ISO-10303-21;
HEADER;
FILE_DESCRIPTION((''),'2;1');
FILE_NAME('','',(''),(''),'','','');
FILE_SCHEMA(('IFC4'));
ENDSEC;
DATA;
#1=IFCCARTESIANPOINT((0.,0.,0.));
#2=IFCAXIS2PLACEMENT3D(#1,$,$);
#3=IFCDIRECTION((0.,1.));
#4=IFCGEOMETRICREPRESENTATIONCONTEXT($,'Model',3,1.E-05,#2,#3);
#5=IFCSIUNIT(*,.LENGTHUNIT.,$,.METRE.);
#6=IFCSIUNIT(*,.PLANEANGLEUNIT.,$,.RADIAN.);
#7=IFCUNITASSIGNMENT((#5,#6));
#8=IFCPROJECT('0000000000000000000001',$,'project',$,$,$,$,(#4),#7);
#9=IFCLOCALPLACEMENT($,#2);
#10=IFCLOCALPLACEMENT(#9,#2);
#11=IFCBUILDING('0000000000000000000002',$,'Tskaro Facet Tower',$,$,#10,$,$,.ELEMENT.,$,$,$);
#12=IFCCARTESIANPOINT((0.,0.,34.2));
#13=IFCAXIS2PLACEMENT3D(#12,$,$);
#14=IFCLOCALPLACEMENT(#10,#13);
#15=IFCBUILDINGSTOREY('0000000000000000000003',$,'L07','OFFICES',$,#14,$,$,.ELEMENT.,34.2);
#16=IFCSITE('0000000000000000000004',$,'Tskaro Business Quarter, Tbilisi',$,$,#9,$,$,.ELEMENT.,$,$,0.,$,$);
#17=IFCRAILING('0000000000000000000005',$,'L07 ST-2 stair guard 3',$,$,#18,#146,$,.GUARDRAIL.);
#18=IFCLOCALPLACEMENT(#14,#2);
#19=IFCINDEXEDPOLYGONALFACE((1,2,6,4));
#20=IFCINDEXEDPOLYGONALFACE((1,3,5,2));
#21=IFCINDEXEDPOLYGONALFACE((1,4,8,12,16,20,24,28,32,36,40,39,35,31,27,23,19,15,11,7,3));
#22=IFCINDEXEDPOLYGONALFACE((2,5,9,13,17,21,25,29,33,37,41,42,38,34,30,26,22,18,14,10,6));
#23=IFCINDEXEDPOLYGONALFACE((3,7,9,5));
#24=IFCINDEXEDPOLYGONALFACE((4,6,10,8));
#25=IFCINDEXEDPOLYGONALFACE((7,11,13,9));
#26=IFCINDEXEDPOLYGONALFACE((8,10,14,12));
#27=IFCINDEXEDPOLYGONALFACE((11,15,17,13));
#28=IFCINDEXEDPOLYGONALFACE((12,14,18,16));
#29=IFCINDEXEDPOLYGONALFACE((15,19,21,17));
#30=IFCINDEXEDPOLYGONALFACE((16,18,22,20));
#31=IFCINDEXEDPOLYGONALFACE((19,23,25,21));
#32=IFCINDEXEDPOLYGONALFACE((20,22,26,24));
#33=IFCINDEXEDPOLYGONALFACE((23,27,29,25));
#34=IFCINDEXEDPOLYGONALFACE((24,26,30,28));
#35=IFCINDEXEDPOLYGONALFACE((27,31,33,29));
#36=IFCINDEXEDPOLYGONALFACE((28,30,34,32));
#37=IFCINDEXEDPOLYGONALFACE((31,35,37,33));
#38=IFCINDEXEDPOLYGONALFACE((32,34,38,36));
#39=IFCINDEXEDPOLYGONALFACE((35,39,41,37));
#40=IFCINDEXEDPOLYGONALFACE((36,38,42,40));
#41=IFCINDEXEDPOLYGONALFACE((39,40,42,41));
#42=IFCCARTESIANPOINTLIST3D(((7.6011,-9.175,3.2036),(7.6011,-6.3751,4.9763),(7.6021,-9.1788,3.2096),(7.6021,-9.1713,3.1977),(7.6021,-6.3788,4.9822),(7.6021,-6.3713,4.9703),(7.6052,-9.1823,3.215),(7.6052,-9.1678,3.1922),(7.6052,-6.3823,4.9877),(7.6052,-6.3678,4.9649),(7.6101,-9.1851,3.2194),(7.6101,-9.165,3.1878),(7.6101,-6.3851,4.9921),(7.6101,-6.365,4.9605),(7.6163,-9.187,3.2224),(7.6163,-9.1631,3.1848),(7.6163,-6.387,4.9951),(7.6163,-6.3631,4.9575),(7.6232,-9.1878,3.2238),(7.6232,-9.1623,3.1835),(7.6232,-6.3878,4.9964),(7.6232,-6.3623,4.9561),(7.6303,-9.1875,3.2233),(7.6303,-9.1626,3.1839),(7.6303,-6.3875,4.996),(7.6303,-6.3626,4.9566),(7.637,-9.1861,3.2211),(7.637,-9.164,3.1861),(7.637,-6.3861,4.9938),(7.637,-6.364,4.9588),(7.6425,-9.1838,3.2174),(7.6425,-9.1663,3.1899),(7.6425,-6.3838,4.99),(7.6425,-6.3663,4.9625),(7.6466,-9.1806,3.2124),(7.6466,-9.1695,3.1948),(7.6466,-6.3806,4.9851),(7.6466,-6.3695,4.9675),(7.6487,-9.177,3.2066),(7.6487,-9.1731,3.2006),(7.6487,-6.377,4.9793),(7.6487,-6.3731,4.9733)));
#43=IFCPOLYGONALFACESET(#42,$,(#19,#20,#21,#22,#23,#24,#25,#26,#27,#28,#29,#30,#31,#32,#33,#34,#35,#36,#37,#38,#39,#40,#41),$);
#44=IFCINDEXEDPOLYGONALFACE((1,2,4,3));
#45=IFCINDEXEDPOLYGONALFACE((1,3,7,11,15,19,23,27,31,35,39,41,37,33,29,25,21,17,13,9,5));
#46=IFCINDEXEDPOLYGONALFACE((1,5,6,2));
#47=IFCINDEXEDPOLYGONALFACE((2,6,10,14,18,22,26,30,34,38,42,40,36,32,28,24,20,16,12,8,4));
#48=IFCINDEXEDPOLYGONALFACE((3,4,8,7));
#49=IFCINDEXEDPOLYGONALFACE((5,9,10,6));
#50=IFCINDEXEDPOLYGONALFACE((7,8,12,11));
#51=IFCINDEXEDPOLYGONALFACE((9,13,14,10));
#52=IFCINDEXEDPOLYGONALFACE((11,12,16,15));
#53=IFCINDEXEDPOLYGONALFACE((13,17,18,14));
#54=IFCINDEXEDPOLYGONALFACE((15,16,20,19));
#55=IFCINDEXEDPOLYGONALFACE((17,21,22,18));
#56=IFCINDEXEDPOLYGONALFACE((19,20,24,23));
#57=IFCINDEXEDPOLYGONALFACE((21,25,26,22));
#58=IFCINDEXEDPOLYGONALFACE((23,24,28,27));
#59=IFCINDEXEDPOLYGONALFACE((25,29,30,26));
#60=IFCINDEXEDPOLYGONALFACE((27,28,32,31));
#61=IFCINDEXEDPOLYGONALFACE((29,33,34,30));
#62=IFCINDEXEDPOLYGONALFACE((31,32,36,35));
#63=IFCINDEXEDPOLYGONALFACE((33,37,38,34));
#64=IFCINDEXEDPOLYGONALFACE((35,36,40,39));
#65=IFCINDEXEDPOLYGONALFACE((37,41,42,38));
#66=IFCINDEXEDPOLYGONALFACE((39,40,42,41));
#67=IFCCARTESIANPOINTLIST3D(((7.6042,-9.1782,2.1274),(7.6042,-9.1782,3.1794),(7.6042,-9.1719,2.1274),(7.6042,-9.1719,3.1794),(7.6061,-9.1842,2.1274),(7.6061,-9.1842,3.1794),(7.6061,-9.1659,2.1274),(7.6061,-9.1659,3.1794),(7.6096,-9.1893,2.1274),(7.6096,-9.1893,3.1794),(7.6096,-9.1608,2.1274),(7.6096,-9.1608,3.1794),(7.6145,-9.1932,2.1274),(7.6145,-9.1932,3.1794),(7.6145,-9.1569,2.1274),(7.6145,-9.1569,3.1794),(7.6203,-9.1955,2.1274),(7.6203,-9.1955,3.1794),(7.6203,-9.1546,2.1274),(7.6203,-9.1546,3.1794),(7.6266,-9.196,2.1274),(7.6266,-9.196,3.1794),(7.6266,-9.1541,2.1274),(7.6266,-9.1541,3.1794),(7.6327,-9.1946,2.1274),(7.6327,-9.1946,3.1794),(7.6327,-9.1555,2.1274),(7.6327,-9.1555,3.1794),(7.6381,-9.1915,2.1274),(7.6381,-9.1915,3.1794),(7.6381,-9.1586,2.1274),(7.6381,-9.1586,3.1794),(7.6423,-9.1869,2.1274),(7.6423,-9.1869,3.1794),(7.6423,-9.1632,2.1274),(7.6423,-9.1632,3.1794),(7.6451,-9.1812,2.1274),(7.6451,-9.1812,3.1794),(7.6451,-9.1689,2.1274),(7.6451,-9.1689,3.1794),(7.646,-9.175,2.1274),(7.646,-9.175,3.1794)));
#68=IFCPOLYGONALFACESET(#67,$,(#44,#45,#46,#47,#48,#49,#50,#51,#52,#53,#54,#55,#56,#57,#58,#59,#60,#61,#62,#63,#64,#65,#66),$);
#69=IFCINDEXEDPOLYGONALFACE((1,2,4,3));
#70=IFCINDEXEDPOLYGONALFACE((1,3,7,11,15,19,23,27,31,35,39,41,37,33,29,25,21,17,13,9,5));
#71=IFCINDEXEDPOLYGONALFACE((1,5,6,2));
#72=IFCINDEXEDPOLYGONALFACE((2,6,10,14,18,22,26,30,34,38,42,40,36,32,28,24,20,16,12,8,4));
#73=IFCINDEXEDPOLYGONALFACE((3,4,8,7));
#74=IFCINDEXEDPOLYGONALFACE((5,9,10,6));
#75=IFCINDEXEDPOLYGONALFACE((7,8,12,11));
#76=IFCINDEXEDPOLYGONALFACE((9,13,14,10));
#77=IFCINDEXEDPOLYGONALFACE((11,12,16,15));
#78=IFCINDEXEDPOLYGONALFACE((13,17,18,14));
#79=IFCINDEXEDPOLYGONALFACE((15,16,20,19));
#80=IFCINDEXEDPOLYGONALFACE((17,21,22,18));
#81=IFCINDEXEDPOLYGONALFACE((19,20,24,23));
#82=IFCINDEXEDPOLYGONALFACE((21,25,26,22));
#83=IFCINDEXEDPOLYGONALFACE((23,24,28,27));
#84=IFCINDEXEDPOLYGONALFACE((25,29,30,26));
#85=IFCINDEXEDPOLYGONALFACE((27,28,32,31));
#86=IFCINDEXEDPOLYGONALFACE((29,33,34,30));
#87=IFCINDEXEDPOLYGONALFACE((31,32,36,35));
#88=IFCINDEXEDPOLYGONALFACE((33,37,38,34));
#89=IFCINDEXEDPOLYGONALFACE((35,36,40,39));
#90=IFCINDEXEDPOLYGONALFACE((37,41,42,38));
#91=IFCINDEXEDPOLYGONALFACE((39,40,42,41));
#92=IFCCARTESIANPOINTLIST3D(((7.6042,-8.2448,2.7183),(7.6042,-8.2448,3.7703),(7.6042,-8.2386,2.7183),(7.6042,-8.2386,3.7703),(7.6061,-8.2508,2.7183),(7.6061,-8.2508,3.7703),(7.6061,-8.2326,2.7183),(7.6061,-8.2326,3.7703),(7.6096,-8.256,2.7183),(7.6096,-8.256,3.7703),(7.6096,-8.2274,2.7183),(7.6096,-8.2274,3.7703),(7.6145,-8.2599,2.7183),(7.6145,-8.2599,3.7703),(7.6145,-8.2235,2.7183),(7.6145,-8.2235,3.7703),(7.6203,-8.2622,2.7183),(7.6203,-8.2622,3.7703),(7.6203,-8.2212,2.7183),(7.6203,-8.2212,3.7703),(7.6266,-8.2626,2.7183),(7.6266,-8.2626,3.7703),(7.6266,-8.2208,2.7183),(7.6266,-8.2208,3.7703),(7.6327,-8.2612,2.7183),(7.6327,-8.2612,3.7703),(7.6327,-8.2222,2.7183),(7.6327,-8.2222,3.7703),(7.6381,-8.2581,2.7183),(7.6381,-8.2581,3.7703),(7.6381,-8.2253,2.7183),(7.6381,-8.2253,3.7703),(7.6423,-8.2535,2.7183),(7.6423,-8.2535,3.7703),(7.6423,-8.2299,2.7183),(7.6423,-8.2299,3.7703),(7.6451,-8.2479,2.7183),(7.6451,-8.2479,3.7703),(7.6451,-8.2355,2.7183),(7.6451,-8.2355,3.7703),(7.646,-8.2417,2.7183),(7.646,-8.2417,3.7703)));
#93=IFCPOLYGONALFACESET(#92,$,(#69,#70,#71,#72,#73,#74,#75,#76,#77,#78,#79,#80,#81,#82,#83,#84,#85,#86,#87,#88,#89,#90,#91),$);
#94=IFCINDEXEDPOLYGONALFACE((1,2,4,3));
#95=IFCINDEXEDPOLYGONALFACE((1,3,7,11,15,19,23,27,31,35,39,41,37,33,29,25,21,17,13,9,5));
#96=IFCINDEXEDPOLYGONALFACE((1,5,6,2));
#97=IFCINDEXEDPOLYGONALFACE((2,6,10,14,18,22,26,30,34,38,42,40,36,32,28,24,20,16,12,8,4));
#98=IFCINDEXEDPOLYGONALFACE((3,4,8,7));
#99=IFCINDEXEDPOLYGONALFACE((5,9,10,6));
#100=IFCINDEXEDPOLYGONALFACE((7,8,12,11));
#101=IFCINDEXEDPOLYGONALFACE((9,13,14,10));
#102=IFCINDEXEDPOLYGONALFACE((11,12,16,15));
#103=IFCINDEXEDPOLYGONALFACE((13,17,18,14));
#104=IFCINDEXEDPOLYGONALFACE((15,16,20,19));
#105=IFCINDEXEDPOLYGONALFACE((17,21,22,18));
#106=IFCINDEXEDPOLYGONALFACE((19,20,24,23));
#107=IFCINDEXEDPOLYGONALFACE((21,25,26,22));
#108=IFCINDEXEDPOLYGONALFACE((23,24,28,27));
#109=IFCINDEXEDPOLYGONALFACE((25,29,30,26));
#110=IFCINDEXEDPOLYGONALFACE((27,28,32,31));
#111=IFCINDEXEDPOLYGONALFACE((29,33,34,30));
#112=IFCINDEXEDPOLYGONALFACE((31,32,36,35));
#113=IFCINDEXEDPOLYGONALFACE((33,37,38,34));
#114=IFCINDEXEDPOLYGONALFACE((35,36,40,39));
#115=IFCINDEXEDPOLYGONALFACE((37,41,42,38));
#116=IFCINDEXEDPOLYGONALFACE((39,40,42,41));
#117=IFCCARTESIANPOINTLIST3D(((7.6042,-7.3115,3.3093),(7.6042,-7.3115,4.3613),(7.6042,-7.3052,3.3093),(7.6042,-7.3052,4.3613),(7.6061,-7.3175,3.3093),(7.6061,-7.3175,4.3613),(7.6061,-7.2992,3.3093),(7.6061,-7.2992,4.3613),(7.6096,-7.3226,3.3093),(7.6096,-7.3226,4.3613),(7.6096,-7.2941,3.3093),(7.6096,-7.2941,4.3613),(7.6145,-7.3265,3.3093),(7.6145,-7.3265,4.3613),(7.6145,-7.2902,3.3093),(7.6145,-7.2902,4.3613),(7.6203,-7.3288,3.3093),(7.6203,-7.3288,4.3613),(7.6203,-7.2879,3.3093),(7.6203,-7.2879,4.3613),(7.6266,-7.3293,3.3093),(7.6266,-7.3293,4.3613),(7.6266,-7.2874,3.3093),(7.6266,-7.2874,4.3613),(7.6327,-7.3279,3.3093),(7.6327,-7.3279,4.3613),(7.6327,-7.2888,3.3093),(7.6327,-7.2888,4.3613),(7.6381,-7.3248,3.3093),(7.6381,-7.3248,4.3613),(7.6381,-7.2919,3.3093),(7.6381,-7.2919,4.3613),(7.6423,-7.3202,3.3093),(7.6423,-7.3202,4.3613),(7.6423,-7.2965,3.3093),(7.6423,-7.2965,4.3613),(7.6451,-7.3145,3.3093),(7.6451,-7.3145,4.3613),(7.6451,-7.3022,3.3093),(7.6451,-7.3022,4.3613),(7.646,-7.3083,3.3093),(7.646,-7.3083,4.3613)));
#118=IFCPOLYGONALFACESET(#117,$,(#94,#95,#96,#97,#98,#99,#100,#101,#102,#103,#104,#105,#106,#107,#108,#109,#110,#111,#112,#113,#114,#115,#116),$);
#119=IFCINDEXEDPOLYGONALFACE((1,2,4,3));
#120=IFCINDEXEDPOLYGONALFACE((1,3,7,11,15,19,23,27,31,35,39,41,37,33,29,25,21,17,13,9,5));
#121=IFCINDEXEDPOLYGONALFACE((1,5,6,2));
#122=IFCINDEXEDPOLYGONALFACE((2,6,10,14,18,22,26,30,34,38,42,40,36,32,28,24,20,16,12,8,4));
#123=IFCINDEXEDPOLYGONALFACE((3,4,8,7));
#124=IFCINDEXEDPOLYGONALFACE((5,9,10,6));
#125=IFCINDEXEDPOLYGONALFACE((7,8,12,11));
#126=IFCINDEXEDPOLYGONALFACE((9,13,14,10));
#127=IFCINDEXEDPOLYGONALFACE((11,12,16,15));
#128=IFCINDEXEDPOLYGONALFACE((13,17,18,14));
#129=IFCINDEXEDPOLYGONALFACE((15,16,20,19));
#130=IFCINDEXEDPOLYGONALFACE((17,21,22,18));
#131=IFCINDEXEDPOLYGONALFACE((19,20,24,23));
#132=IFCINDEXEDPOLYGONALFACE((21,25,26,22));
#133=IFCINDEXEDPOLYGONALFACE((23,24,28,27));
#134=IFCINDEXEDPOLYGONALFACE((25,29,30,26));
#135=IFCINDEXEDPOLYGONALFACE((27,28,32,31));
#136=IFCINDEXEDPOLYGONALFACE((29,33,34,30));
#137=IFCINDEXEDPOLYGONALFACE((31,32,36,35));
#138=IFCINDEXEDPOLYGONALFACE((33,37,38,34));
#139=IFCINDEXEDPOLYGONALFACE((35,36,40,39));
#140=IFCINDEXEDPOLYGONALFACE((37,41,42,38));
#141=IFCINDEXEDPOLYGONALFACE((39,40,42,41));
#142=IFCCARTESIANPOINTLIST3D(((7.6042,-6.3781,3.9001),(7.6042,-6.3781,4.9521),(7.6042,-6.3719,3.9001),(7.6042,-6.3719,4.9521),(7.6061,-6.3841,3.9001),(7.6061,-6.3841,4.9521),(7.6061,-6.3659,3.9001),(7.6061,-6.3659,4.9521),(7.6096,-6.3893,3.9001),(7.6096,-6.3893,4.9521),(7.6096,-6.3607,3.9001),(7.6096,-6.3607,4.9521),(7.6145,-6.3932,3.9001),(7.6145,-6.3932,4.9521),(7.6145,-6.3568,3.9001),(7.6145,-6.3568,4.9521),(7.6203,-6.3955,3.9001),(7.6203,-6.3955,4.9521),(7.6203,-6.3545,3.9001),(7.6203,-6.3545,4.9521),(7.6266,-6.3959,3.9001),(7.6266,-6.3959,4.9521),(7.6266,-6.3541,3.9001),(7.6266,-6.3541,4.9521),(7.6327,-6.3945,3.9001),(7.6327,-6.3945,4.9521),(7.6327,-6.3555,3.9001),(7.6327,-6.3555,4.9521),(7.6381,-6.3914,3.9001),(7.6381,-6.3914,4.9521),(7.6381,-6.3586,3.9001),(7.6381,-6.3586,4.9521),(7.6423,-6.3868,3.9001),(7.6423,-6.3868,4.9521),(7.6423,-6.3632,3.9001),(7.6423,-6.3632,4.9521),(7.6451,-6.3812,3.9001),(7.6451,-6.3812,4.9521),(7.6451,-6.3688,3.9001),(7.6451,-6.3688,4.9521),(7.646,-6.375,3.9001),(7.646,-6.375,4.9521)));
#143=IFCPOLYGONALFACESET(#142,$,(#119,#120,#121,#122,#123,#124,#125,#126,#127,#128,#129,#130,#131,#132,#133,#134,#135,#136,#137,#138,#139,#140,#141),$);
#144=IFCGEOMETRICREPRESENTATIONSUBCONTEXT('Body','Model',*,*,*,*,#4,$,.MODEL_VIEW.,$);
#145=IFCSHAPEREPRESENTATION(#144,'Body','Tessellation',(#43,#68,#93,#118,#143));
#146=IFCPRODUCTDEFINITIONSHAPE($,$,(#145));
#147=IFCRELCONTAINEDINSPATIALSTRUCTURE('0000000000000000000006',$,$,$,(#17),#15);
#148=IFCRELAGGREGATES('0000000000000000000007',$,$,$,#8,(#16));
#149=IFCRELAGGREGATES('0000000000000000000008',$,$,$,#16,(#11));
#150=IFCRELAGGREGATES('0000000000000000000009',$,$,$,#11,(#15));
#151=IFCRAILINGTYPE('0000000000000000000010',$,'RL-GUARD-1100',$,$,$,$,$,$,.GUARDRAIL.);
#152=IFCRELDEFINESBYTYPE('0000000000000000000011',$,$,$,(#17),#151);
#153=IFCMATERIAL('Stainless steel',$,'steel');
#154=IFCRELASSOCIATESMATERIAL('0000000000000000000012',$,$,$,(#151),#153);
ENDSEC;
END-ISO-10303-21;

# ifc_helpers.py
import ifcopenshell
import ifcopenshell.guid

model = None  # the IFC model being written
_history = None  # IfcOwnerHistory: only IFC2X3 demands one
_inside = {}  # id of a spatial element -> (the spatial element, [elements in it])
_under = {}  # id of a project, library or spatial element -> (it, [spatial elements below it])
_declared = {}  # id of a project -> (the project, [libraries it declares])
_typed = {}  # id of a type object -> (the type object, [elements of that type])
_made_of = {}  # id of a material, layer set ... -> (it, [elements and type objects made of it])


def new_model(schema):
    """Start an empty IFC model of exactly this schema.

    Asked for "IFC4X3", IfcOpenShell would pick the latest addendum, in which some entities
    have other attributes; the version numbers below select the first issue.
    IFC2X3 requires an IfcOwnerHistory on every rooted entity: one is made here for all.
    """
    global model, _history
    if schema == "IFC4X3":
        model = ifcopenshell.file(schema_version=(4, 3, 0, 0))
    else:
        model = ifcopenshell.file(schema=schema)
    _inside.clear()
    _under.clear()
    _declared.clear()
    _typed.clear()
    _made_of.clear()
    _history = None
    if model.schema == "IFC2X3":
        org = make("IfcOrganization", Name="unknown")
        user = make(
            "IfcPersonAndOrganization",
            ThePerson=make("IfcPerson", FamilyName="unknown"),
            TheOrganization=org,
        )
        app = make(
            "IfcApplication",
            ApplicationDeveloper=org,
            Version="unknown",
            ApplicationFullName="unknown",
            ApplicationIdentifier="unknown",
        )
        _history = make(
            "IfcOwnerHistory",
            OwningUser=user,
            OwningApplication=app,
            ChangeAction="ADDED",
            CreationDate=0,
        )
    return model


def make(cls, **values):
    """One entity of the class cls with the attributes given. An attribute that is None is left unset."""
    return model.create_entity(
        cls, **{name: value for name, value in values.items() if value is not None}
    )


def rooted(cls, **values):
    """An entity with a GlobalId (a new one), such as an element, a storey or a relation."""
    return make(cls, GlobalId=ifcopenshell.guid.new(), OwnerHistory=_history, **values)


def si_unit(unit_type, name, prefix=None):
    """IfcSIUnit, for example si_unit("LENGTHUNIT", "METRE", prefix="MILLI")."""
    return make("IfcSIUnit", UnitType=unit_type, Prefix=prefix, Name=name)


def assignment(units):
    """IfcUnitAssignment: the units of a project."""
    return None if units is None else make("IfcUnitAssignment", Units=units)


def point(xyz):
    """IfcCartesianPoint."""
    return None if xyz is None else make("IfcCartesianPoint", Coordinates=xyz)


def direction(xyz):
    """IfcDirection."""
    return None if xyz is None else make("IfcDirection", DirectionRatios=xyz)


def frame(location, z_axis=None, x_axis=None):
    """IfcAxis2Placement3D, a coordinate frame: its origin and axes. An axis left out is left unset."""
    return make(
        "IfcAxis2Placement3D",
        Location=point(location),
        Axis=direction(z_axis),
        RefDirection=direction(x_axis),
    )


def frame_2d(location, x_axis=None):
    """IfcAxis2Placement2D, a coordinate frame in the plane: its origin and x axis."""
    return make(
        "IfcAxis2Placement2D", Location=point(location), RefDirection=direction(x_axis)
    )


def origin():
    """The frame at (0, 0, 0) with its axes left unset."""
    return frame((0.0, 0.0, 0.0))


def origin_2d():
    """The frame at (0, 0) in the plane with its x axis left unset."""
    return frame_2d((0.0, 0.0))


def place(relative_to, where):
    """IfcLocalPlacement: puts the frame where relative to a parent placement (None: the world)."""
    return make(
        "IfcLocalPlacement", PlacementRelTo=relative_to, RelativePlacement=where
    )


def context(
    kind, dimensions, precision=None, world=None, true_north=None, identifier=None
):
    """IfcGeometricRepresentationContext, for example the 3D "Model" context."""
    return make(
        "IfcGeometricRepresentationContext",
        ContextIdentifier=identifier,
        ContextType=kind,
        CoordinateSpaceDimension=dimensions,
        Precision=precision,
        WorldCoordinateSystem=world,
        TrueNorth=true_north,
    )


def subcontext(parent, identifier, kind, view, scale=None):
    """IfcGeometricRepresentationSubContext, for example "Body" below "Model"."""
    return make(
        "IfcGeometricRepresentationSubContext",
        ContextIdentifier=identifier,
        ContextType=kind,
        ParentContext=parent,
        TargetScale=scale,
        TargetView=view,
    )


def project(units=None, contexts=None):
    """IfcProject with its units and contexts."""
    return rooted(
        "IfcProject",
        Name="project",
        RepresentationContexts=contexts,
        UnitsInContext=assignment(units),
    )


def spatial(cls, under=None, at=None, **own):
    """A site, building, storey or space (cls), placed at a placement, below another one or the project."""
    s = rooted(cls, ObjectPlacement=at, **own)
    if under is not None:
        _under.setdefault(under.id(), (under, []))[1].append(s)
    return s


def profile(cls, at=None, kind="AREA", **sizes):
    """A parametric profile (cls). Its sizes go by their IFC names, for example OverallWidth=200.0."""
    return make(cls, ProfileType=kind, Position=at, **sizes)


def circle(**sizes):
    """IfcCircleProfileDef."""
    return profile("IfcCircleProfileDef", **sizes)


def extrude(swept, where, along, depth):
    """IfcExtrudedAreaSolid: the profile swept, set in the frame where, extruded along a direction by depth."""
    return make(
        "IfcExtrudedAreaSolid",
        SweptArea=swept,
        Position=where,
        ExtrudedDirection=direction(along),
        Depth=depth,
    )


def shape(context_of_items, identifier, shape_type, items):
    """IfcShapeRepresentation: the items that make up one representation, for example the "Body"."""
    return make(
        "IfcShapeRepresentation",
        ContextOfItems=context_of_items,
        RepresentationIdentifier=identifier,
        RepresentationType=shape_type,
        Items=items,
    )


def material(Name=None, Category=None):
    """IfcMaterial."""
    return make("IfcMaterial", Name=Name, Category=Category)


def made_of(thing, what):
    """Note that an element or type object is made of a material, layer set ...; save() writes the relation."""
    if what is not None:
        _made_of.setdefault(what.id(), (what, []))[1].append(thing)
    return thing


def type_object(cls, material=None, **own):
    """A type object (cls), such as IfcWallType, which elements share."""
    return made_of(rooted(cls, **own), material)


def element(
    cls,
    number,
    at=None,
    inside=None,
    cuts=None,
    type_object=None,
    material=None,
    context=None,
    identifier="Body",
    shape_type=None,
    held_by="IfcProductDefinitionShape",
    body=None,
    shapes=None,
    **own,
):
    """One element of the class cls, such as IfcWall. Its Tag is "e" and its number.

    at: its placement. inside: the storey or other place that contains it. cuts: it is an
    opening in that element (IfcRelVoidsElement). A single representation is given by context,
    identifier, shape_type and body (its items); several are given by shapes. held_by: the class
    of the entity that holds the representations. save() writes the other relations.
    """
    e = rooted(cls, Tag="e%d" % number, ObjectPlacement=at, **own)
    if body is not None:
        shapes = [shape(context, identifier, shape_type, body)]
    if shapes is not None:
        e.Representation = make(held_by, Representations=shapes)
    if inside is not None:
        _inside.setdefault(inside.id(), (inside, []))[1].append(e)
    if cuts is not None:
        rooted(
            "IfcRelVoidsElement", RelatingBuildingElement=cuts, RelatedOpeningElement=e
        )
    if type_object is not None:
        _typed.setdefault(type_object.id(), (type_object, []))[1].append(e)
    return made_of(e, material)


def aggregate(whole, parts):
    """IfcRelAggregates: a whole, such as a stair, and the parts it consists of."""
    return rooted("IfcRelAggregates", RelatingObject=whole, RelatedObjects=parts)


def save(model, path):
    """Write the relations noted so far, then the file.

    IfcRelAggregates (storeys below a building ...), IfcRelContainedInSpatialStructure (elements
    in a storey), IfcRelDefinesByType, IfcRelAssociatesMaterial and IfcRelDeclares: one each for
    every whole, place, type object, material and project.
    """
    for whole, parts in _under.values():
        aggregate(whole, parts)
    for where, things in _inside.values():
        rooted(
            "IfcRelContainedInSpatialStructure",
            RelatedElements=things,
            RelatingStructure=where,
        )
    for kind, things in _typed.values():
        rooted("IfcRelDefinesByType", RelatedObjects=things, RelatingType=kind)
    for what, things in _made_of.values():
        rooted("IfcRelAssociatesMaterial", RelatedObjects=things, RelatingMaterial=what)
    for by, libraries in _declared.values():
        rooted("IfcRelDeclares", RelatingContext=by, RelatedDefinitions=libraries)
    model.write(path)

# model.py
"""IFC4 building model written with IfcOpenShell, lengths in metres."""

from ifc_helpers import new_model, si_unit, direction, frame, origin, origin_2d, place, context, subcontext, project, spatial, circle, extrude, material, type_object, element, save


model = new_model("IFC4")

# Units and contexts
model_context = context("Model", 3, precision=1e-05, world=origin(), true_north=direction((0.0, 1.0)))
body_context = subcontext(model_context, "Body", "Model", "MODEL_VIEW")
ifc_project = project(units=[si_unit("LENGTHUNIT", "METRE"), si_unit("PLANEANGLEUNIT", "RADIAN")], contexts=[model_context])

# Site, building, storey
site_placement = place(None, origin())
site = spatial("IfcSite", under=ifc_project, at=site_placement, Name="Tskaro Business Quarter, Tbilisi", CompositionType="ELEMENT", RefElevation=0.0)
building_placement = place(site_placement, origin())
building = spatial("IfcBuilding", under=site, at=building_placement, Name="Tskaro Facet Tower", CompositionType="ELEMENT")
storey_placement = place(building_placement, frame((0.0, 0.0, 34.2)))
storey = spatial("IfcBuildingStorey", under=building, at=storey_placement, Name="L07", Description="OFFICES", CompositionType="ELEMENT", Elevation=34.2)

# Railing
ifc_material_1 = material(Name="Stainless steel", Category="steel")
railing_type_1 = type_object("IfcRailingType", Name="RL-GUARD-1100", PredefinedType="GUARDRAIL", material=ifc_material_1)
railing_1_placement = place(storey_placement, frame((7.625, -9.175, 2.1274)))
element("IfcRailing", 1, at=railing_1_placement, inside=storey, type_object=railing_type_1, Name="L07 ST-2 stair guard 3", PredefinedType="GUARDRAIL", context=body_context, shape_type="SweptSolid", body=[
    extrude(circle(Radius=0.0239, at=origin_2d()), frame((0.0, 0.0, 1.0762), z_axis=(0.0, 0.844909, 0.53491), x_axis=(-1.0, 0.0, 0.0)), (0.0, 0.0, 1.0), 3.314),
    extrude(circle(Radius=0.021, at=origin_2d()), origin(), (0.0, 0.0, 1.0), 1.052),
    extrude(circle(Radius=0.021, at=origin_2d()), frame((0.0, 0.9333, 0.5908)), (0.0, 0.0, 1.0), 1.052),
    extrude(circle(Radius=0.021, at=origin_2d()), frame((0.0, 1.8667, 1.1819)), (0.0, 0.0, 1.0), 1.052),
    extrude(circle(Radius=0.021, at=origin_2d()), frame((0.0, 2.8, 1.7727)), (0.0, 0.0, 1.0), 1.052),
])

save(model, "model.ifc")
